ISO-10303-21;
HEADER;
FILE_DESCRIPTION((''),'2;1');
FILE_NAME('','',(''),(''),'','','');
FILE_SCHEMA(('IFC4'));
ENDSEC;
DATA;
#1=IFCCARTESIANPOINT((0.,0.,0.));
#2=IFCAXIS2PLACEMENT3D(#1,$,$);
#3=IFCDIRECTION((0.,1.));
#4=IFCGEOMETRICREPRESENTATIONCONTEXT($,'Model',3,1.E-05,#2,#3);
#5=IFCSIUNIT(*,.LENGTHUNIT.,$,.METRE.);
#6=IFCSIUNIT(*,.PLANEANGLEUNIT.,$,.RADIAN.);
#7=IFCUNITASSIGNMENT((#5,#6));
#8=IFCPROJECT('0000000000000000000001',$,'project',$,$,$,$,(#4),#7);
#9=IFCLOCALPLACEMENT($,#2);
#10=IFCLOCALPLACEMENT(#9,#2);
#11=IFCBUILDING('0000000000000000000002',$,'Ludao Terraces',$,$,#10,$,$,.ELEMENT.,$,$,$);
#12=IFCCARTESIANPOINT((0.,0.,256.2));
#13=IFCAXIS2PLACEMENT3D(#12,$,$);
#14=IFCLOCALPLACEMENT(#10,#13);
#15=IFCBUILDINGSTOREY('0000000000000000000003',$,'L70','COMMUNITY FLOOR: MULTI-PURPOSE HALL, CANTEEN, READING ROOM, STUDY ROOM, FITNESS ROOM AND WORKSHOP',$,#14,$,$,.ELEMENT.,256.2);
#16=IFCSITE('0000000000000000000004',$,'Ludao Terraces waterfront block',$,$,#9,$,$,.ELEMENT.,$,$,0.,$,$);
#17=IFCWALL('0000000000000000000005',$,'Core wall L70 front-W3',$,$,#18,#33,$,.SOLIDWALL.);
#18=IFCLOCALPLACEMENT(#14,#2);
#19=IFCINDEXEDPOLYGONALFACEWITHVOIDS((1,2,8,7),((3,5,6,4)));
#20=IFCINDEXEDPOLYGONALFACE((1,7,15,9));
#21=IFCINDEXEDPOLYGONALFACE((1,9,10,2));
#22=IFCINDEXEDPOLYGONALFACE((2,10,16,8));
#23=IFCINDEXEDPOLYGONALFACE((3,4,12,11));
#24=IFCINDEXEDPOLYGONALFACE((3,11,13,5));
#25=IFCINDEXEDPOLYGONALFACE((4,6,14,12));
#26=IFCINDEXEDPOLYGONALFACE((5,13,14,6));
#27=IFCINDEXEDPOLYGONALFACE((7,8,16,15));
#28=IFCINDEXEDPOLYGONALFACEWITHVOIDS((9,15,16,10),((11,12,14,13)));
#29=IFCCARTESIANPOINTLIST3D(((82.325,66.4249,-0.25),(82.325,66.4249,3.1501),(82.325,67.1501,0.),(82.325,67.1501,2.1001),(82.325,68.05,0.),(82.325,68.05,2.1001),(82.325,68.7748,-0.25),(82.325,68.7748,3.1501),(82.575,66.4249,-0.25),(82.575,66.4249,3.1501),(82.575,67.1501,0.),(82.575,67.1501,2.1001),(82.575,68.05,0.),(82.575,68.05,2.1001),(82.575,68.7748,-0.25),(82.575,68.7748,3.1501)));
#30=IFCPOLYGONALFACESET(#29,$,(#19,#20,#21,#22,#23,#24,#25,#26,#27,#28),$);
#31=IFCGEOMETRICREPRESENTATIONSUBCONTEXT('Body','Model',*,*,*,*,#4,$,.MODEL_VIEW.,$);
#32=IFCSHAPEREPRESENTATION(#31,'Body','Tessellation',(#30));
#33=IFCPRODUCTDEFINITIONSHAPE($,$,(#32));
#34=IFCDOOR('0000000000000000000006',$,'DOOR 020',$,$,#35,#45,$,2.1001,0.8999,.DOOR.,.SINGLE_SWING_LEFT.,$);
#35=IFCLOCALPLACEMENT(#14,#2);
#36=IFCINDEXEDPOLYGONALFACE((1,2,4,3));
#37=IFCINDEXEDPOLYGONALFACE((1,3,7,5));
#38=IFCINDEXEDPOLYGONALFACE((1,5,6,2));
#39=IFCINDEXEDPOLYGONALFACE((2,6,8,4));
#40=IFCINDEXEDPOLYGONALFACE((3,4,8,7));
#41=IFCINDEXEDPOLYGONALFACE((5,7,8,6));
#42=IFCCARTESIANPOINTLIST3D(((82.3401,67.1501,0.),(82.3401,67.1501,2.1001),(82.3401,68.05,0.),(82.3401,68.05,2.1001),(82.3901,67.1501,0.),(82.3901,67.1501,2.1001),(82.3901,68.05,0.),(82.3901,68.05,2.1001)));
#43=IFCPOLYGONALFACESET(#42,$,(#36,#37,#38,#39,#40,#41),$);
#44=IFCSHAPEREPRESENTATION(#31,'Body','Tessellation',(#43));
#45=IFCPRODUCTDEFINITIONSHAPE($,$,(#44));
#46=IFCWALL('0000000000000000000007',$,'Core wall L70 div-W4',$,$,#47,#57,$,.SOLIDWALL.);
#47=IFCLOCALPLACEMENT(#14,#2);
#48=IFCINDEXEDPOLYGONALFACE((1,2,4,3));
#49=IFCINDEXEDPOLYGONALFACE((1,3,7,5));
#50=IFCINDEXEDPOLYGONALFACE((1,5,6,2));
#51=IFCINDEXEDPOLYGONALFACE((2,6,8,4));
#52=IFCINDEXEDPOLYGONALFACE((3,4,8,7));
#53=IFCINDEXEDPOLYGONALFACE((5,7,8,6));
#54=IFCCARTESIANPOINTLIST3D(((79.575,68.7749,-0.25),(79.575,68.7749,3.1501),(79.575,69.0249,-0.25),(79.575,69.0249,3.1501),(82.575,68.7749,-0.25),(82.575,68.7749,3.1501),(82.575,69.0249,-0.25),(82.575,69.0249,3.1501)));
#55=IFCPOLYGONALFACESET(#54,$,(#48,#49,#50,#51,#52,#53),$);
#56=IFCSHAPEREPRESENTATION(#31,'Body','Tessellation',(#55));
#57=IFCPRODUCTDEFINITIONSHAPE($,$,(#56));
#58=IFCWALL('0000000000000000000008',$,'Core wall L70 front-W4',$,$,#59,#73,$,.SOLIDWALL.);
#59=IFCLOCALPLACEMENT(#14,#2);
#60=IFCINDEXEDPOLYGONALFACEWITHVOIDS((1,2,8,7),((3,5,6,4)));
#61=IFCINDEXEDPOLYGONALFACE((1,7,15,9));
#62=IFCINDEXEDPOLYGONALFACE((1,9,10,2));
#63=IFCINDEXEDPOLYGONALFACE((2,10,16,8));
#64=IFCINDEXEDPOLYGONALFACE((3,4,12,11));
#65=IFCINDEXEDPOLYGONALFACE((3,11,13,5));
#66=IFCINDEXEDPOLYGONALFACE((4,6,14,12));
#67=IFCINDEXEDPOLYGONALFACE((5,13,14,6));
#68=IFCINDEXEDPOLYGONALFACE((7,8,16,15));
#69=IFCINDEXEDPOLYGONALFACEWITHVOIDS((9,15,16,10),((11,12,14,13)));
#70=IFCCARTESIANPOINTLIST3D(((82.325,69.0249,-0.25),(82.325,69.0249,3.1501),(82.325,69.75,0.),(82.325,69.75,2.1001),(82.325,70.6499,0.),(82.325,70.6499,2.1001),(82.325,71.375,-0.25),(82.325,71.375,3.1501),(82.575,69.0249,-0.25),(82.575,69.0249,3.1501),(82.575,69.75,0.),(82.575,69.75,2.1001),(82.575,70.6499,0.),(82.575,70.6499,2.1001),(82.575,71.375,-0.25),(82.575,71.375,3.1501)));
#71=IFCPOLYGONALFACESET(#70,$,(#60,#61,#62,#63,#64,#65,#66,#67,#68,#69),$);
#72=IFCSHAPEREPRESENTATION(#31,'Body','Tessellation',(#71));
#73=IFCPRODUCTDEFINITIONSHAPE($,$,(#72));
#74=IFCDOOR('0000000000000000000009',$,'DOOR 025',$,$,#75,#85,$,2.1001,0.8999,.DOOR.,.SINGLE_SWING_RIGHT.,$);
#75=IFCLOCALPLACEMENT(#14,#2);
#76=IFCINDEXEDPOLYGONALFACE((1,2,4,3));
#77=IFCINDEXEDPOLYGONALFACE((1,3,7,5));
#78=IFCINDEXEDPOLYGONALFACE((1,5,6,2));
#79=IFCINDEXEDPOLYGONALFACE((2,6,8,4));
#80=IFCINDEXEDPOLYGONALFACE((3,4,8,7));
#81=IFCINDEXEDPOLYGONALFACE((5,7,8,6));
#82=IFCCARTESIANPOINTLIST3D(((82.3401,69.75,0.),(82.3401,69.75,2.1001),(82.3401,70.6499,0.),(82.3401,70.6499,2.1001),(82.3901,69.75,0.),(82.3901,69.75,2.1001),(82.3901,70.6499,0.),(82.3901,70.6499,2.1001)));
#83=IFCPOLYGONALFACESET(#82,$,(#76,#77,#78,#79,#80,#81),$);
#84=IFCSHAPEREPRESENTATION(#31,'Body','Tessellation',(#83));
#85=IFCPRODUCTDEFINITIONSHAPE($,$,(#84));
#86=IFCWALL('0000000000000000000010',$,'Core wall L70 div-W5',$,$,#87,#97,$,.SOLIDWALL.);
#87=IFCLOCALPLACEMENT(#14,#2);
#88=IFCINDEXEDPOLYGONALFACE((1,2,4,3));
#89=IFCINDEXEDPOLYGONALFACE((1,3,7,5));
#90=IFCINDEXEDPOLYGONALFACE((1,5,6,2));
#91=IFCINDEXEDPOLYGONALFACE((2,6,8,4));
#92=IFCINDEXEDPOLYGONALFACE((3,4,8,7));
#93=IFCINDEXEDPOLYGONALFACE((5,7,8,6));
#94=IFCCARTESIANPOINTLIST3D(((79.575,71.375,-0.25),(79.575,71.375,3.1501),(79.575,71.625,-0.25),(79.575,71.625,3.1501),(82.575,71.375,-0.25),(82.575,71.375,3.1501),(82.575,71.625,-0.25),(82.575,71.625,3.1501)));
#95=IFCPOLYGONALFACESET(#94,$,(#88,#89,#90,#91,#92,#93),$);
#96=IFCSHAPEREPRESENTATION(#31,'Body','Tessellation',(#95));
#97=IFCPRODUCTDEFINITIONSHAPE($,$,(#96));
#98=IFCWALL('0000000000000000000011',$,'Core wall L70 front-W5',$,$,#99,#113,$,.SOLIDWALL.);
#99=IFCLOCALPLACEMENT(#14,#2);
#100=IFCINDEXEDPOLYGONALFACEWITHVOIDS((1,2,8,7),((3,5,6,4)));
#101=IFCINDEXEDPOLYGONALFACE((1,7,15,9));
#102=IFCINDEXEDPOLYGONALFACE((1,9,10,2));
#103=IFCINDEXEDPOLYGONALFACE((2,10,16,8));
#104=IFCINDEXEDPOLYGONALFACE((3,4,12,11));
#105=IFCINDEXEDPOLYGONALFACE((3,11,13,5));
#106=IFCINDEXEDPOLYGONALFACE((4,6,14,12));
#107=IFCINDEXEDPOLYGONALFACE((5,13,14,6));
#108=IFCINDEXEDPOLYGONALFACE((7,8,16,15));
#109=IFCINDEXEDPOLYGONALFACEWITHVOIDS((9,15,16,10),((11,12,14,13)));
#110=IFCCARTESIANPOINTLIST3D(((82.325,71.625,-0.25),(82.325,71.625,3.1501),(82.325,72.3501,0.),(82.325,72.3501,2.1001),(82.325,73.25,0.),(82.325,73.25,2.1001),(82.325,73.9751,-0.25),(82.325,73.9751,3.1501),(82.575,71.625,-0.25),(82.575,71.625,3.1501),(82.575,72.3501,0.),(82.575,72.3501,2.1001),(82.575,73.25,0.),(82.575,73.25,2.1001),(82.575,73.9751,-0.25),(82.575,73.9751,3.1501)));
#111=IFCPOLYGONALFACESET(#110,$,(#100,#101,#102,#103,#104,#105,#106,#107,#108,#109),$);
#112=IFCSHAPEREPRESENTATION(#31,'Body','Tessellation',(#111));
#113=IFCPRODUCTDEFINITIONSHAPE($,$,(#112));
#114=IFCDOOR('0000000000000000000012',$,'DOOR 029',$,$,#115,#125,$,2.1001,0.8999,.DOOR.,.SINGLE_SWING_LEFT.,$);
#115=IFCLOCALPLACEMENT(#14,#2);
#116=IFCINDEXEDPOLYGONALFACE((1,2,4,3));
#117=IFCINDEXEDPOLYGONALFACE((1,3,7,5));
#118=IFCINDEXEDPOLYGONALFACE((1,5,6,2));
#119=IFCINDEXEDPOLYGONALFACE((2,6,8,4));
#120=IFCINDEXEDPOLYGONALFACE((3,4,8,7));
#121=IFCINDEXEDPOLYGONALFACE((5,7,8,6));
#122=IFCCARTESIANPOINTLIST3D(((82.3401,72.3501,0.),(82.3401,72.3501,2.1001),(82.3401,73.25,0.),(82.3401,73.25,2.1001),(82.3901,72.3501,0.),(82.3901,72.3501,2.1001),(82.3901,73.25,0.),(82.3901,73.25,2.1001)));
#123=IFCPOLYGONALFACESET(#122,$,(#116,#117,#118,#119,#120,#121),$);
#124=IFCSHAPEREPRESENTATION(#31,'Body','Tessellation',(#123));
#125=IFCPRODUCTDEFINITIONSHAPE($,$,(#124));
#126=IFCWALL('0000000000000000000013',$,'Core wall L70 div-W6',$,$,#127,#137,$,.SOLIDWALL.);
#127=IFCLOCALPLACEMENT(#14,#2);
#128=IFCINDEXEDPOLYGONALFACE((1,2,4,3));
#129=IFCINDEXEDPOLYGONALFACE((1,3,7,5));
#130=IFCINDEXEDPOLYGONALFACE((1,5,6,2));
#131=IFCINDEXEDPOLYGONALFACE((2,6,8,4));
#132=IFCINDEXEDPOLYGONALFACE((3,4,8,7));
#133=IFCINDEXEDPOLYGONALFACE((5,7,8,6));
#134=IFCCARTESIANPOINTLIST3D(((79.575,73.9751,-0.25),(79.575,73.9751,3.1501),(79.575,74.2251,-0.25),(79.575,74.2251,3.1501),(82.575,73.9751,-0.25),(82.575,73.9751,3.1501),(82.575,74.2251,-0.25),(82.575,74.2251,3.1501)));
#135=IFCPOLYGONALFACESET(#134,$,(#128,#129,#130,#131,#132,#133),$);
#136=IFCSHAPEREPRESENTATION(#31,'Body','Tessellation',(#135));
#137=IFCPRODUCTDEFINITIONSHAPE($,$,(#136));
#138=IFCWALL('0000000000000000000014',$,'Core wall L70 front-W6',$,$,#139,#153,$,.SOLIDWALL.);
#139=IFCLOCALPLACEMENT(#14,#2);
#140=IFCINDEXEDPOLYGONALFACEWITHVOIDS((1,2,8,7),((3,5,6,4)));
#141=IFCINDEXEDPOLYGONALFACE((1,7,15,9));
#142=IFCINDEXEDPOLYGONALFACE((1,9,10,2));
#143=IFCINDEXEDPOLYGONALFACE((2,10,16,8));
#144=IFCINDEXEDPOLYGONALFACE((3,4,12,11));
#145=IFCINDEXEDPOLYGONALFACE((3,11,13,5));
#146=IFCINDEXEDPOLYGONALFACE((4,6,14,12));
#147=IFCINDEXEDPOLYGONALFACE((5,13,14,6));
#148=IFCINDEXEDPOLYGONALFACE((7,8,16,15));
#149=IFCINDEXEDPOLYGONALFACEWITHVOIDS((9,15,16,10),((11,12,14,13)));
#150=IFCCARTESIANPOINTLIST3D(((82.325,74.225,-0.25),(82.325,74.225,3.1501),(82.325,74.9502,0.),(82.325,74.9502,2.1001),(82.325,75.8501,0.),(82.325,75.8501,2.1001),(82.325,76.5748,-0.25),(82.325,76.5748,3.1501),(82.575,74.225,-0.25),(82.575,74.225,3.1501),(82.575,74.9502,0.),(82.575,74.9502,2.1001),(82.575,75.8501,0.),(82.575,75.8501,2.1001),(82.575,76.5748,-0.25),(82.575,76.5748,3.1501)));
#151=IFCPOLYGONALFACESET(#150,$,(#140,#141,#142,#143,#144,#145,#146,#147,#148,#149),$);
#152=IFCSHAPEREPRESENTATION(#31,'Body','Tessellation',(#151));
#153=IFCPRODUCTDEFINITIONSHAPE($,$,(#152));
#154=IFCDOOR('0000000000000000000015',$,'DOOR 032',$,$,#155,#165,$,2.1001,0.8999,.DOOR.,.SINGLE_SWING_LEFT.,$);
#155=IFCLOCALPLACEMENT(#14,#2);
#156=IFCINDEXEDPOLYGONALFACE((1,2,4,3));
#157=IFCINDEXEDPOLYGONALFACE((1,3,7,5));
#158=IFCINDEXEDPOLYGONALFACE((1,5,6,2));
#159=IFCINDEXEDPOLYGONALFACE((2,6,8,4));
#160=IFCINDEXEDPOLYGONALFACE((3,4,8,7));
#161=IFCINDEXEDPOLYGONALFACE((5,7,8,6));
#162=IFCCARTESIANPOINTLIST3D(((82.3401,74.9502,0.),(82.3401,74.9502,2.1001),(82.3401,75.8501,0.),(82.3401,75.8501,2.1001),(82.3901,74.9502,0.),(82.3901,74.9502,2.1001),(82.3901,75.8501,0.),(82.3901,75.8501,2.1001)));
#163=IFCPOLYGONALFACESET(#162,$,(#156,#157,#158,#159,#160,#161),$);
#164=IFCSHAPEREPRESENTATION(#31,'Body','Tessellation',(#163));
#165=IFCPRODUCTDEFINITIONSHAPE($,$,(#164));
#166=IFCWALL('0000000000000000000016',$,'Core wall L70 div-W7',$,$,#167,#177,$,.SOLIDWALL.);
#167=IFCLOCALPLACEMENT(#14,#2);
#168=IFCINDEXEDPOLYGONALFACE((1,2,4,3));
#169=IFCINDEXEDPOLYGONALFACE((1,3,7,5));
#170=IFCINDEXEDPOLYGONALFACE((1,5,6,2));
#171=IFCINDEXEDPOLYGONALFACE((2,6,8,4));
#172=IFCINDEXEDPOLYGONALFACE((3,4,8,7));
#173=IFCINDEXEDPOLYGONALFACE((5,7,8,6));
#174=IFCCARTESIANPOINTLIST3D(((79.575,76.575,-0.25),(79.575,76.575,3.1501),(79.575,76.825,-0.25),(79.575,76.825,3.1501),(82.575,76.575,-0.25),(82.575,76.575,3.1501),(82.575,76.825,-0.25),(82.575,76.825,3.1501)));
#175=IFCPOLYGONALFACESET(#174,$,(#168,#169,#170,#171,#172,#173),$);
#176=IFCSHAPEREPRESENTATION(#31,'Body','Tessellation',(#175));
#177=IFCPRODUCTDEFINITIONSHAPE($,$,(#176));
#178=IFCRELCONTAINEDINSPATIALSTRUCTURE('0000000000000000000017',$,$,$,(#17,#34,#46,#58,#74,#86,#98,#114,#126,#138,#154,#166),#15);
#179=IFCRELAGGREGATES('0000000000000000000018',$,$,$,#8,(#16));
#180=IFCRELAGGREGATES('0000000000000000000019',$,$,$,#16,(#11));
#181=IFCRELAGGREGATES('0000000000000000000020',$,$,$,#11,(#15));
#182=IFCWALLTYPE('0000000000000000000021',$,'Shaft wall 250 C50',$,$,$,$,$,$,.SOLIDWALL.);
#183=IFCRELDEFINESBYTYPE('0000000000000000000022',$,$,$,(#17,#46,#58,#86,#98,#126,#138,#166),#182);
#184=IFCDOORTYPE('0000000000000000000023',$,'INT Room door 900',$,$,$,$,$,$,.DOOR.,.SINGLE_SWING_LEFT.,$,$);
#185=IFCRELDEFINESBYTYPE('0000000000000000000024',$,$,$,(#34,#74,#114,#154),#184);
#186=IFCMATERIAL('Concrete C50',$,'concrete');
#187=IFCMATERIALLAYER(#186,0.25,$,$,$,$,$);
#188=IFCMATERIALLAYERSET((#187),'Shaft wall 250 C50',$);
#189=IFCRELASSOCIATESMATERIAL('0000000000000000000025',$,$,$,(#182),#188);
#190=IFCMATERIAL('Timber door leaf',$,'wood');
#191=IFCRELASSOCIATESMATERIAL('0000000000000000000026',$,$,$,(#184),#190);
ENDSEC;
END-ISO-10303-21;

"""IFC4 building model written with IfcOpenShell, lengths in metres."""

from ifc_helpers import new_model, si_unit, direction, frame, frame_2d, origin, place, context, subcontext, project, spatial, rectangle, extrude, material, layer, layer_set, type_object, element, fill, save


model = new_model("IFC4")

# Units and contexts
model_context = context("Model", 3, precision=1e-05, world=origin(), true_north=direction((0.0, 1.0)))
body_context = subcontext(model_context, "Body", "Model", "MODEL_VIEW")
ifc_project = project(units=[si_unit("LENGTHUNIT", "METRE"), si_unit("PLANEANGLEUNIT", "RADIAN")], contexts=[model_context])

# Site, building, storey
site_placement = place(None, origin())
site = spatial("IfcSite", under=ifc_project, at=site_placement, Name="Ludao Terraces waterfront block", CompositionType="ELEMENT", RefElevation=0.0)
building_placement = place(site_placement, origin())
building = spatial("IfcBuilding", under=site, at=building_placement, Name="Ludao Terraces", CompositionType="ELEMENT")
storey_placement = place(building_placement, frame((0.0, 0.0, 256.2)))
storey = spatial("IfcBuildingStorey", under=building, at=storey_placement, Name="L70", Description="COMMUNITY FLOOR: MULTI-PURPOSE HALL, CANTEEN, READING ROOM, STUDY ROOM, FITNESS ROOM AND WORKSHOP", CompositionType="ELEMENT", Elevation=256.2)

# Shared definitions
ifc_material_1 = material(Name="Concrete C50", Category="concrete")
ifc_layer_1 = layer(ifc_material_1, 0.25)
ifc_layer_set_1 = layer_set([ifc_layer_1], Name="Shaft wall 250 C50")
wall_type_1 = type_object("IfcWallType", Name="Shaft wall 250 C50", PredefinedType="SOLIDWALL", material=ifc_layer_set_1)

# Shared definitions
ifc_material_2 = material(Name="Timber door leaf", Category="wood")
door_type_1 = type_object("IfcDoorType", Name="INT Room door 900", OperationType="SINGLE_SWING_LEFT", PredefinedType="DOOR", material=ifc_material_2)

# Wall, opening, door
wall_1_placement = place(storey_placement, frame((82.45, 66.425, -0.25), z_axis=(0.0, 0.0, 1.0), x_axis=(0.0, 1.0, 0.0)))
wall_1 = element("IfcWall", 1, at=wall_1_placement, inside=storey, type_object=wall_type_1, Name="Core wall L70 front-W3", PredefinedType="SOLIDWALL", context=body_context, shape_type="SweptSolid", body=[
    extrude(rectangle(XDim=2.3499, YDim=0.25, at=frame_2d((1.1748, 0.0))), origin(), (0.0, 0.0, 1.0), 3.4001),
])
opening_1_placement = place(wall_1_placement, frame((0.7251, 0.0, 0.25)))
opening_1 = element("IfcOpeningElement", 2, at=opening_1_placement, cuts=wall_1, PredefinedType="OPENING", context=body_context, shape_type="SweptSolid", body=[
    extrude(rectangle(XDim=0.8999, YDim=2.1001, at=frame_2d((0.45, 1.05))), frame((0.0, 0.135, 0.0), z_axis=(0.0, -1.0, 0.0), x_axis=(1.0, 0.0, 0.0)), (0.0, 0.0, 1.0), 0.27),
])
door_1_placement = place(opening_1_placement, origin())
door_1 = element("IfcDoor", 3, at=door_1_placement, inside=storey, type_object=door_type_1, Name="DOOR 020", OperationType="SINGLE_SWING_LEFT", OverallHeight=2.1001, OverallWidth=0.8999, PredefinedType="DOOR", context=body_context, shape_type="SweptSolid", body=[
    extrude(rectangle(XDim=0.8999, YDim=2.1001, at=frame_2d((0.45, 1.05))), frame((0.0, 0.1099, 0.0), z_axis=(0.0, -1.0, 0.0), x_axis=(1.0, 0.0, 0.0)), (0.0, 0.0, 1.0), 0.05),
])
fill(opening_1, door_1)

# Wall
wall_2_placement = place(storey_placement, frame((79.575, 68.8999, -0.25), z_axis=(0.0, 0.0, 1.0), x_axis=(1.0, 0.0, 0.0)))
element("IfcWall", 4, at=wall_2_placement, inside=storey, type_object=wall_type_1, Name="Core wall L70 div-W4", PredefinedType="SOLIDWALL", context=body_context, shape_type="SweptSolid", body=[
    extrude(rectangle(XDim=3.0, YDim=0.25, at=frame_2d((1.5, 0.0))), origin(), (0.0, 0.0, 1.0), 3.4001),
])

# Wall, opening, door
wall_3_placement = place(storey_placement, frame((82.45, 69.0249, -0.25), z_axis=(0.0, 0.0, 1.0), x_axis=(0.0, 1.0, 0.0)))
wall_3 = element("IfcWall", 5, at=wall_3_placement, inside=storey, type_object=wall_type_1, Name="Core wall L70 front-W4", PredefinedType="SOLIDWALL", context=body_context, shape_type="SweptSolid", body=[
    extrude(rectangle(XDim=2.3501, YDim=0.25, at=frame_2d((1.175, 0.0))), origin(), (0.0, 0.0, 1.0), 3.4001),
])
opening_2_placement = place(wall_3_placement, frame((0.7251, 0.0, 0.25)))
opening_2 = element("IfcOpeningElement", 6, at=opening_2_placement, cuts=wall_3, PredefinedType="OPENING", context=body_context, shape_type="SweptSolid", body=[
    extrude(rectangle(XDim=0.8999, YDim=2.1001, at=frame_2d((0.45, 1.05))), frame((0.0, 0.135, 0.0), z_axis=(0.0, -1.0, 0.0), x_axis=(1.0, 0.0, 0.0)), (0.0, 0.0, 1.0), 0.27),
])
door_2_placement = place(opening_2_placement, origin())
door_2 = element("IfcDoor", 7, at=door_2_placement, inside=storey, type_object=door_type_1, Name="DOOR 025", OperationType="SINGLE_SWING_RIGHT", OverallHeight=2.1001, OverallWidth=0.8999, PredefinedType="DOOR", context=body_context, shape_type="SweptSolid", body=[
    extrude(rectangle(XDim=0.8999, YDim=2.1001, at=frame_2d((0.45, 1.05))), frame((0.0, 0.1099, 0.0), z_axis=(0.0, -1.0, 0.0), x_axis=(1.0, 0.0, 0.0)), (0.0, 0.0, 1.0), 0.05),
])
fill(opening_2, door_2)

# Wall
wall_4_placement = place(storey_placement, frame((79.575, 71.5, -0.25), z_axis=(0.0, 0.0, 1.0), x_axis=(1.0, 0.0, 0.0)))
element("IfcWall", 8, at=wall_4_placement, inside=storey, type_object=wall_type_1, Name="Core wall L70 div-W5", PredefinedType="SOLIDWALL", context=body_context, shape_type="SweptSolid", body=[
    extrude(rectangle(XDim=3.0, YDim=0.25, at=frame_2d((1.5, 0.0))), origin(), (0.0, 0.0, 1.0), 3.4001),
])

# Wall, opening, door
wall_5_placement = place(storey_placement, frame((82.45, 71.625, -0.25), z_axis=(0.0, 0.0, 1.0), x_axis=(0.0, 1.0, 0.0)))
wall_5 = element("IfcWall", 9, at=wall_5_placement, inside=storey, type_object=wall_type_1, Name="Core wall L70 front-W5", PredefinedType="SOLIDWALL", context=body_context, shape_type="SweptSolid", body=[
    extrude(rectangle(XDim=2.3501, YDim=0.25, at=frame_2d((1.175, 0.0))), origin(), (0.0, 0.0, 1.0), 3.4001),
])
opening_3_placement = place(wall_5_placement, frame((0.7251, 0.0, 0.25)))
opening_3 = element("IfcOpeningElement", 10, at=opening_3_placement, cuts=wall_5, PredefinedType="OPENING", context=body_context, shape_type="SweptSolid", body=[
    extrude(rectangle(XDim=0.8999, YDim=2.1001, at=frame_2d((0.45, 1.05))), frame((0.0, 0.135, 0.0), z_axis=(0.0, -1.0, 0.0), x_axis=(1.0, 0.0, 0.0)), (0.0, 0.0, 1.0), 0.27),
])
door_3_placement = place(opening_3_placement, origin())
door_3 = element("IfcDoor", 11, at=door_3_placement, inside=storey, type_object=door_type_1, Name="DOOR 029", OperationType="SINGLE_SWING_LEFT", OverallHeight=2.1001, OverallWidth=0.8999, PredefinedType="DOOR", context=body_context, shape_type="SweptSolid", body=[
    extrude(rectangle(XDim=0.8999, YDim=2.1001, at=frame_2d((0.45, 1.05))), frame((0.0, 0.1099, 0.0), z_axis=(0.0, -1.0, 0.0), x_axis=(1.0, 0.0, 0.0)), (0.0, 0.0, 1.0), 0.05),
])
fill(opening_3, door_3)

# Wall
wall_6_placement = place(storey_placement, frame((79.575, 74.1001, -0.25), z_axis=(0.0, 0.0, 1.0), x_axis=(1.0, 0.0, 0.0)))
element("IfcWall", 12, at=wall_6_placement, inside=storey, type_object=wall_type_1, Name="Core wall L70 div-W6", PredefinedType="SOLIDWALL", context=body_context, shape_type="SweptSolid", body=[
    extrude(rectangle(XDim=3.0, YDim=0.25, at=frame_2d((1.5, 0.0))), origin(), (0.0, 0.0, 1.0), 3.4001),
])

# Wall, opening, door
wall_7_placement = place(storey_placement, frame((82.45, 74.2251, -0.25), z_axis=(0.0, 0.0, 1.0), x_axis=(0.0, 1.0, 0.0)))
wall_7 = element("IfcWall", 13, at=wall_7_placement, inside=storey, type_object=wall_type_1, Name="Core wall L70 front-W6", PredefinedType="SOLIDWALL", context=body_context, shape_type="SweptSolid", body=[
    extrude(rectangle(XDim=2.3499, YDim=0.25, at=frame_2d((1.1748, 0.0))), origin(), (0.0, 0.0, 1.0), 3.4001),
])
opening_4_placement = place(wall_7_placement, frame((0.7251, 0.0, 0.25)))
opening_4 = element("IfcOpeningElement", 14, at=opening_4_placement, cuts=wall_7, PredefinedType="OPENING", context=body_context, shape_type="SweptSolid", body=[
    extrude(rectangle(XDim=0.8999, YDim=2.1001, at=frame_2d((0.45, 1.05))), frame((0.0, 0.135, 0.0), z_axis=(0.0, -1.0, 0.0), x_axis=(1.0, 0.0, 0.0)), (0.0, 0.0, 1.0), 0.27),
])
door_4_placement = place(opening_4_placement, origin())
door_4 = element("IfcDoor", 15, at=door_4_placement, inside=storey, type_object=door_type_1, Name="DOOR 032", OperationType="SINGLE_SWING_LEFT", OverallHeight=2.1001, OverallWidth=0.8999, PredefinedType="DOOR", context=body_context, shape_type="SweptSolid", body=[
    extrude(rectangle(XDim=0.8999, YDim=2.1001, at=frame_2d((0.45, 1.05))), frame((0.0, 0.1099, 0.0), z_axis=(0.0, -1.0, 0.0), x_axis=(1.0, 0.0, 0.0)), (0.0, 0.0, 1.0), 0.05),
])
fill(opening_4, door_4)

# Wall
wall_8_placement = place(storey_placement, frame((79.575, 76.7, -0.25), z_axis=(0.0, 0.0, 1.0), x_axis=(1.0, 0.0, 0.0)))
element("IfcWall", 16, at=wall_8_placement, inside=storey, type_object=wall_type_1, Name="Core wall L70 div-W7", PredefinedType="SOLIDWALL", context=body_context, shape_type="SweptSolid", body=[
    extrude(rectangle(XDim=3.0, YDim=0.25, at=frame_2d((1.5, 0.0))), origin(), (0.0, 0.0, 1.0), 3.4001),
])

save(model, "model.ifc")
